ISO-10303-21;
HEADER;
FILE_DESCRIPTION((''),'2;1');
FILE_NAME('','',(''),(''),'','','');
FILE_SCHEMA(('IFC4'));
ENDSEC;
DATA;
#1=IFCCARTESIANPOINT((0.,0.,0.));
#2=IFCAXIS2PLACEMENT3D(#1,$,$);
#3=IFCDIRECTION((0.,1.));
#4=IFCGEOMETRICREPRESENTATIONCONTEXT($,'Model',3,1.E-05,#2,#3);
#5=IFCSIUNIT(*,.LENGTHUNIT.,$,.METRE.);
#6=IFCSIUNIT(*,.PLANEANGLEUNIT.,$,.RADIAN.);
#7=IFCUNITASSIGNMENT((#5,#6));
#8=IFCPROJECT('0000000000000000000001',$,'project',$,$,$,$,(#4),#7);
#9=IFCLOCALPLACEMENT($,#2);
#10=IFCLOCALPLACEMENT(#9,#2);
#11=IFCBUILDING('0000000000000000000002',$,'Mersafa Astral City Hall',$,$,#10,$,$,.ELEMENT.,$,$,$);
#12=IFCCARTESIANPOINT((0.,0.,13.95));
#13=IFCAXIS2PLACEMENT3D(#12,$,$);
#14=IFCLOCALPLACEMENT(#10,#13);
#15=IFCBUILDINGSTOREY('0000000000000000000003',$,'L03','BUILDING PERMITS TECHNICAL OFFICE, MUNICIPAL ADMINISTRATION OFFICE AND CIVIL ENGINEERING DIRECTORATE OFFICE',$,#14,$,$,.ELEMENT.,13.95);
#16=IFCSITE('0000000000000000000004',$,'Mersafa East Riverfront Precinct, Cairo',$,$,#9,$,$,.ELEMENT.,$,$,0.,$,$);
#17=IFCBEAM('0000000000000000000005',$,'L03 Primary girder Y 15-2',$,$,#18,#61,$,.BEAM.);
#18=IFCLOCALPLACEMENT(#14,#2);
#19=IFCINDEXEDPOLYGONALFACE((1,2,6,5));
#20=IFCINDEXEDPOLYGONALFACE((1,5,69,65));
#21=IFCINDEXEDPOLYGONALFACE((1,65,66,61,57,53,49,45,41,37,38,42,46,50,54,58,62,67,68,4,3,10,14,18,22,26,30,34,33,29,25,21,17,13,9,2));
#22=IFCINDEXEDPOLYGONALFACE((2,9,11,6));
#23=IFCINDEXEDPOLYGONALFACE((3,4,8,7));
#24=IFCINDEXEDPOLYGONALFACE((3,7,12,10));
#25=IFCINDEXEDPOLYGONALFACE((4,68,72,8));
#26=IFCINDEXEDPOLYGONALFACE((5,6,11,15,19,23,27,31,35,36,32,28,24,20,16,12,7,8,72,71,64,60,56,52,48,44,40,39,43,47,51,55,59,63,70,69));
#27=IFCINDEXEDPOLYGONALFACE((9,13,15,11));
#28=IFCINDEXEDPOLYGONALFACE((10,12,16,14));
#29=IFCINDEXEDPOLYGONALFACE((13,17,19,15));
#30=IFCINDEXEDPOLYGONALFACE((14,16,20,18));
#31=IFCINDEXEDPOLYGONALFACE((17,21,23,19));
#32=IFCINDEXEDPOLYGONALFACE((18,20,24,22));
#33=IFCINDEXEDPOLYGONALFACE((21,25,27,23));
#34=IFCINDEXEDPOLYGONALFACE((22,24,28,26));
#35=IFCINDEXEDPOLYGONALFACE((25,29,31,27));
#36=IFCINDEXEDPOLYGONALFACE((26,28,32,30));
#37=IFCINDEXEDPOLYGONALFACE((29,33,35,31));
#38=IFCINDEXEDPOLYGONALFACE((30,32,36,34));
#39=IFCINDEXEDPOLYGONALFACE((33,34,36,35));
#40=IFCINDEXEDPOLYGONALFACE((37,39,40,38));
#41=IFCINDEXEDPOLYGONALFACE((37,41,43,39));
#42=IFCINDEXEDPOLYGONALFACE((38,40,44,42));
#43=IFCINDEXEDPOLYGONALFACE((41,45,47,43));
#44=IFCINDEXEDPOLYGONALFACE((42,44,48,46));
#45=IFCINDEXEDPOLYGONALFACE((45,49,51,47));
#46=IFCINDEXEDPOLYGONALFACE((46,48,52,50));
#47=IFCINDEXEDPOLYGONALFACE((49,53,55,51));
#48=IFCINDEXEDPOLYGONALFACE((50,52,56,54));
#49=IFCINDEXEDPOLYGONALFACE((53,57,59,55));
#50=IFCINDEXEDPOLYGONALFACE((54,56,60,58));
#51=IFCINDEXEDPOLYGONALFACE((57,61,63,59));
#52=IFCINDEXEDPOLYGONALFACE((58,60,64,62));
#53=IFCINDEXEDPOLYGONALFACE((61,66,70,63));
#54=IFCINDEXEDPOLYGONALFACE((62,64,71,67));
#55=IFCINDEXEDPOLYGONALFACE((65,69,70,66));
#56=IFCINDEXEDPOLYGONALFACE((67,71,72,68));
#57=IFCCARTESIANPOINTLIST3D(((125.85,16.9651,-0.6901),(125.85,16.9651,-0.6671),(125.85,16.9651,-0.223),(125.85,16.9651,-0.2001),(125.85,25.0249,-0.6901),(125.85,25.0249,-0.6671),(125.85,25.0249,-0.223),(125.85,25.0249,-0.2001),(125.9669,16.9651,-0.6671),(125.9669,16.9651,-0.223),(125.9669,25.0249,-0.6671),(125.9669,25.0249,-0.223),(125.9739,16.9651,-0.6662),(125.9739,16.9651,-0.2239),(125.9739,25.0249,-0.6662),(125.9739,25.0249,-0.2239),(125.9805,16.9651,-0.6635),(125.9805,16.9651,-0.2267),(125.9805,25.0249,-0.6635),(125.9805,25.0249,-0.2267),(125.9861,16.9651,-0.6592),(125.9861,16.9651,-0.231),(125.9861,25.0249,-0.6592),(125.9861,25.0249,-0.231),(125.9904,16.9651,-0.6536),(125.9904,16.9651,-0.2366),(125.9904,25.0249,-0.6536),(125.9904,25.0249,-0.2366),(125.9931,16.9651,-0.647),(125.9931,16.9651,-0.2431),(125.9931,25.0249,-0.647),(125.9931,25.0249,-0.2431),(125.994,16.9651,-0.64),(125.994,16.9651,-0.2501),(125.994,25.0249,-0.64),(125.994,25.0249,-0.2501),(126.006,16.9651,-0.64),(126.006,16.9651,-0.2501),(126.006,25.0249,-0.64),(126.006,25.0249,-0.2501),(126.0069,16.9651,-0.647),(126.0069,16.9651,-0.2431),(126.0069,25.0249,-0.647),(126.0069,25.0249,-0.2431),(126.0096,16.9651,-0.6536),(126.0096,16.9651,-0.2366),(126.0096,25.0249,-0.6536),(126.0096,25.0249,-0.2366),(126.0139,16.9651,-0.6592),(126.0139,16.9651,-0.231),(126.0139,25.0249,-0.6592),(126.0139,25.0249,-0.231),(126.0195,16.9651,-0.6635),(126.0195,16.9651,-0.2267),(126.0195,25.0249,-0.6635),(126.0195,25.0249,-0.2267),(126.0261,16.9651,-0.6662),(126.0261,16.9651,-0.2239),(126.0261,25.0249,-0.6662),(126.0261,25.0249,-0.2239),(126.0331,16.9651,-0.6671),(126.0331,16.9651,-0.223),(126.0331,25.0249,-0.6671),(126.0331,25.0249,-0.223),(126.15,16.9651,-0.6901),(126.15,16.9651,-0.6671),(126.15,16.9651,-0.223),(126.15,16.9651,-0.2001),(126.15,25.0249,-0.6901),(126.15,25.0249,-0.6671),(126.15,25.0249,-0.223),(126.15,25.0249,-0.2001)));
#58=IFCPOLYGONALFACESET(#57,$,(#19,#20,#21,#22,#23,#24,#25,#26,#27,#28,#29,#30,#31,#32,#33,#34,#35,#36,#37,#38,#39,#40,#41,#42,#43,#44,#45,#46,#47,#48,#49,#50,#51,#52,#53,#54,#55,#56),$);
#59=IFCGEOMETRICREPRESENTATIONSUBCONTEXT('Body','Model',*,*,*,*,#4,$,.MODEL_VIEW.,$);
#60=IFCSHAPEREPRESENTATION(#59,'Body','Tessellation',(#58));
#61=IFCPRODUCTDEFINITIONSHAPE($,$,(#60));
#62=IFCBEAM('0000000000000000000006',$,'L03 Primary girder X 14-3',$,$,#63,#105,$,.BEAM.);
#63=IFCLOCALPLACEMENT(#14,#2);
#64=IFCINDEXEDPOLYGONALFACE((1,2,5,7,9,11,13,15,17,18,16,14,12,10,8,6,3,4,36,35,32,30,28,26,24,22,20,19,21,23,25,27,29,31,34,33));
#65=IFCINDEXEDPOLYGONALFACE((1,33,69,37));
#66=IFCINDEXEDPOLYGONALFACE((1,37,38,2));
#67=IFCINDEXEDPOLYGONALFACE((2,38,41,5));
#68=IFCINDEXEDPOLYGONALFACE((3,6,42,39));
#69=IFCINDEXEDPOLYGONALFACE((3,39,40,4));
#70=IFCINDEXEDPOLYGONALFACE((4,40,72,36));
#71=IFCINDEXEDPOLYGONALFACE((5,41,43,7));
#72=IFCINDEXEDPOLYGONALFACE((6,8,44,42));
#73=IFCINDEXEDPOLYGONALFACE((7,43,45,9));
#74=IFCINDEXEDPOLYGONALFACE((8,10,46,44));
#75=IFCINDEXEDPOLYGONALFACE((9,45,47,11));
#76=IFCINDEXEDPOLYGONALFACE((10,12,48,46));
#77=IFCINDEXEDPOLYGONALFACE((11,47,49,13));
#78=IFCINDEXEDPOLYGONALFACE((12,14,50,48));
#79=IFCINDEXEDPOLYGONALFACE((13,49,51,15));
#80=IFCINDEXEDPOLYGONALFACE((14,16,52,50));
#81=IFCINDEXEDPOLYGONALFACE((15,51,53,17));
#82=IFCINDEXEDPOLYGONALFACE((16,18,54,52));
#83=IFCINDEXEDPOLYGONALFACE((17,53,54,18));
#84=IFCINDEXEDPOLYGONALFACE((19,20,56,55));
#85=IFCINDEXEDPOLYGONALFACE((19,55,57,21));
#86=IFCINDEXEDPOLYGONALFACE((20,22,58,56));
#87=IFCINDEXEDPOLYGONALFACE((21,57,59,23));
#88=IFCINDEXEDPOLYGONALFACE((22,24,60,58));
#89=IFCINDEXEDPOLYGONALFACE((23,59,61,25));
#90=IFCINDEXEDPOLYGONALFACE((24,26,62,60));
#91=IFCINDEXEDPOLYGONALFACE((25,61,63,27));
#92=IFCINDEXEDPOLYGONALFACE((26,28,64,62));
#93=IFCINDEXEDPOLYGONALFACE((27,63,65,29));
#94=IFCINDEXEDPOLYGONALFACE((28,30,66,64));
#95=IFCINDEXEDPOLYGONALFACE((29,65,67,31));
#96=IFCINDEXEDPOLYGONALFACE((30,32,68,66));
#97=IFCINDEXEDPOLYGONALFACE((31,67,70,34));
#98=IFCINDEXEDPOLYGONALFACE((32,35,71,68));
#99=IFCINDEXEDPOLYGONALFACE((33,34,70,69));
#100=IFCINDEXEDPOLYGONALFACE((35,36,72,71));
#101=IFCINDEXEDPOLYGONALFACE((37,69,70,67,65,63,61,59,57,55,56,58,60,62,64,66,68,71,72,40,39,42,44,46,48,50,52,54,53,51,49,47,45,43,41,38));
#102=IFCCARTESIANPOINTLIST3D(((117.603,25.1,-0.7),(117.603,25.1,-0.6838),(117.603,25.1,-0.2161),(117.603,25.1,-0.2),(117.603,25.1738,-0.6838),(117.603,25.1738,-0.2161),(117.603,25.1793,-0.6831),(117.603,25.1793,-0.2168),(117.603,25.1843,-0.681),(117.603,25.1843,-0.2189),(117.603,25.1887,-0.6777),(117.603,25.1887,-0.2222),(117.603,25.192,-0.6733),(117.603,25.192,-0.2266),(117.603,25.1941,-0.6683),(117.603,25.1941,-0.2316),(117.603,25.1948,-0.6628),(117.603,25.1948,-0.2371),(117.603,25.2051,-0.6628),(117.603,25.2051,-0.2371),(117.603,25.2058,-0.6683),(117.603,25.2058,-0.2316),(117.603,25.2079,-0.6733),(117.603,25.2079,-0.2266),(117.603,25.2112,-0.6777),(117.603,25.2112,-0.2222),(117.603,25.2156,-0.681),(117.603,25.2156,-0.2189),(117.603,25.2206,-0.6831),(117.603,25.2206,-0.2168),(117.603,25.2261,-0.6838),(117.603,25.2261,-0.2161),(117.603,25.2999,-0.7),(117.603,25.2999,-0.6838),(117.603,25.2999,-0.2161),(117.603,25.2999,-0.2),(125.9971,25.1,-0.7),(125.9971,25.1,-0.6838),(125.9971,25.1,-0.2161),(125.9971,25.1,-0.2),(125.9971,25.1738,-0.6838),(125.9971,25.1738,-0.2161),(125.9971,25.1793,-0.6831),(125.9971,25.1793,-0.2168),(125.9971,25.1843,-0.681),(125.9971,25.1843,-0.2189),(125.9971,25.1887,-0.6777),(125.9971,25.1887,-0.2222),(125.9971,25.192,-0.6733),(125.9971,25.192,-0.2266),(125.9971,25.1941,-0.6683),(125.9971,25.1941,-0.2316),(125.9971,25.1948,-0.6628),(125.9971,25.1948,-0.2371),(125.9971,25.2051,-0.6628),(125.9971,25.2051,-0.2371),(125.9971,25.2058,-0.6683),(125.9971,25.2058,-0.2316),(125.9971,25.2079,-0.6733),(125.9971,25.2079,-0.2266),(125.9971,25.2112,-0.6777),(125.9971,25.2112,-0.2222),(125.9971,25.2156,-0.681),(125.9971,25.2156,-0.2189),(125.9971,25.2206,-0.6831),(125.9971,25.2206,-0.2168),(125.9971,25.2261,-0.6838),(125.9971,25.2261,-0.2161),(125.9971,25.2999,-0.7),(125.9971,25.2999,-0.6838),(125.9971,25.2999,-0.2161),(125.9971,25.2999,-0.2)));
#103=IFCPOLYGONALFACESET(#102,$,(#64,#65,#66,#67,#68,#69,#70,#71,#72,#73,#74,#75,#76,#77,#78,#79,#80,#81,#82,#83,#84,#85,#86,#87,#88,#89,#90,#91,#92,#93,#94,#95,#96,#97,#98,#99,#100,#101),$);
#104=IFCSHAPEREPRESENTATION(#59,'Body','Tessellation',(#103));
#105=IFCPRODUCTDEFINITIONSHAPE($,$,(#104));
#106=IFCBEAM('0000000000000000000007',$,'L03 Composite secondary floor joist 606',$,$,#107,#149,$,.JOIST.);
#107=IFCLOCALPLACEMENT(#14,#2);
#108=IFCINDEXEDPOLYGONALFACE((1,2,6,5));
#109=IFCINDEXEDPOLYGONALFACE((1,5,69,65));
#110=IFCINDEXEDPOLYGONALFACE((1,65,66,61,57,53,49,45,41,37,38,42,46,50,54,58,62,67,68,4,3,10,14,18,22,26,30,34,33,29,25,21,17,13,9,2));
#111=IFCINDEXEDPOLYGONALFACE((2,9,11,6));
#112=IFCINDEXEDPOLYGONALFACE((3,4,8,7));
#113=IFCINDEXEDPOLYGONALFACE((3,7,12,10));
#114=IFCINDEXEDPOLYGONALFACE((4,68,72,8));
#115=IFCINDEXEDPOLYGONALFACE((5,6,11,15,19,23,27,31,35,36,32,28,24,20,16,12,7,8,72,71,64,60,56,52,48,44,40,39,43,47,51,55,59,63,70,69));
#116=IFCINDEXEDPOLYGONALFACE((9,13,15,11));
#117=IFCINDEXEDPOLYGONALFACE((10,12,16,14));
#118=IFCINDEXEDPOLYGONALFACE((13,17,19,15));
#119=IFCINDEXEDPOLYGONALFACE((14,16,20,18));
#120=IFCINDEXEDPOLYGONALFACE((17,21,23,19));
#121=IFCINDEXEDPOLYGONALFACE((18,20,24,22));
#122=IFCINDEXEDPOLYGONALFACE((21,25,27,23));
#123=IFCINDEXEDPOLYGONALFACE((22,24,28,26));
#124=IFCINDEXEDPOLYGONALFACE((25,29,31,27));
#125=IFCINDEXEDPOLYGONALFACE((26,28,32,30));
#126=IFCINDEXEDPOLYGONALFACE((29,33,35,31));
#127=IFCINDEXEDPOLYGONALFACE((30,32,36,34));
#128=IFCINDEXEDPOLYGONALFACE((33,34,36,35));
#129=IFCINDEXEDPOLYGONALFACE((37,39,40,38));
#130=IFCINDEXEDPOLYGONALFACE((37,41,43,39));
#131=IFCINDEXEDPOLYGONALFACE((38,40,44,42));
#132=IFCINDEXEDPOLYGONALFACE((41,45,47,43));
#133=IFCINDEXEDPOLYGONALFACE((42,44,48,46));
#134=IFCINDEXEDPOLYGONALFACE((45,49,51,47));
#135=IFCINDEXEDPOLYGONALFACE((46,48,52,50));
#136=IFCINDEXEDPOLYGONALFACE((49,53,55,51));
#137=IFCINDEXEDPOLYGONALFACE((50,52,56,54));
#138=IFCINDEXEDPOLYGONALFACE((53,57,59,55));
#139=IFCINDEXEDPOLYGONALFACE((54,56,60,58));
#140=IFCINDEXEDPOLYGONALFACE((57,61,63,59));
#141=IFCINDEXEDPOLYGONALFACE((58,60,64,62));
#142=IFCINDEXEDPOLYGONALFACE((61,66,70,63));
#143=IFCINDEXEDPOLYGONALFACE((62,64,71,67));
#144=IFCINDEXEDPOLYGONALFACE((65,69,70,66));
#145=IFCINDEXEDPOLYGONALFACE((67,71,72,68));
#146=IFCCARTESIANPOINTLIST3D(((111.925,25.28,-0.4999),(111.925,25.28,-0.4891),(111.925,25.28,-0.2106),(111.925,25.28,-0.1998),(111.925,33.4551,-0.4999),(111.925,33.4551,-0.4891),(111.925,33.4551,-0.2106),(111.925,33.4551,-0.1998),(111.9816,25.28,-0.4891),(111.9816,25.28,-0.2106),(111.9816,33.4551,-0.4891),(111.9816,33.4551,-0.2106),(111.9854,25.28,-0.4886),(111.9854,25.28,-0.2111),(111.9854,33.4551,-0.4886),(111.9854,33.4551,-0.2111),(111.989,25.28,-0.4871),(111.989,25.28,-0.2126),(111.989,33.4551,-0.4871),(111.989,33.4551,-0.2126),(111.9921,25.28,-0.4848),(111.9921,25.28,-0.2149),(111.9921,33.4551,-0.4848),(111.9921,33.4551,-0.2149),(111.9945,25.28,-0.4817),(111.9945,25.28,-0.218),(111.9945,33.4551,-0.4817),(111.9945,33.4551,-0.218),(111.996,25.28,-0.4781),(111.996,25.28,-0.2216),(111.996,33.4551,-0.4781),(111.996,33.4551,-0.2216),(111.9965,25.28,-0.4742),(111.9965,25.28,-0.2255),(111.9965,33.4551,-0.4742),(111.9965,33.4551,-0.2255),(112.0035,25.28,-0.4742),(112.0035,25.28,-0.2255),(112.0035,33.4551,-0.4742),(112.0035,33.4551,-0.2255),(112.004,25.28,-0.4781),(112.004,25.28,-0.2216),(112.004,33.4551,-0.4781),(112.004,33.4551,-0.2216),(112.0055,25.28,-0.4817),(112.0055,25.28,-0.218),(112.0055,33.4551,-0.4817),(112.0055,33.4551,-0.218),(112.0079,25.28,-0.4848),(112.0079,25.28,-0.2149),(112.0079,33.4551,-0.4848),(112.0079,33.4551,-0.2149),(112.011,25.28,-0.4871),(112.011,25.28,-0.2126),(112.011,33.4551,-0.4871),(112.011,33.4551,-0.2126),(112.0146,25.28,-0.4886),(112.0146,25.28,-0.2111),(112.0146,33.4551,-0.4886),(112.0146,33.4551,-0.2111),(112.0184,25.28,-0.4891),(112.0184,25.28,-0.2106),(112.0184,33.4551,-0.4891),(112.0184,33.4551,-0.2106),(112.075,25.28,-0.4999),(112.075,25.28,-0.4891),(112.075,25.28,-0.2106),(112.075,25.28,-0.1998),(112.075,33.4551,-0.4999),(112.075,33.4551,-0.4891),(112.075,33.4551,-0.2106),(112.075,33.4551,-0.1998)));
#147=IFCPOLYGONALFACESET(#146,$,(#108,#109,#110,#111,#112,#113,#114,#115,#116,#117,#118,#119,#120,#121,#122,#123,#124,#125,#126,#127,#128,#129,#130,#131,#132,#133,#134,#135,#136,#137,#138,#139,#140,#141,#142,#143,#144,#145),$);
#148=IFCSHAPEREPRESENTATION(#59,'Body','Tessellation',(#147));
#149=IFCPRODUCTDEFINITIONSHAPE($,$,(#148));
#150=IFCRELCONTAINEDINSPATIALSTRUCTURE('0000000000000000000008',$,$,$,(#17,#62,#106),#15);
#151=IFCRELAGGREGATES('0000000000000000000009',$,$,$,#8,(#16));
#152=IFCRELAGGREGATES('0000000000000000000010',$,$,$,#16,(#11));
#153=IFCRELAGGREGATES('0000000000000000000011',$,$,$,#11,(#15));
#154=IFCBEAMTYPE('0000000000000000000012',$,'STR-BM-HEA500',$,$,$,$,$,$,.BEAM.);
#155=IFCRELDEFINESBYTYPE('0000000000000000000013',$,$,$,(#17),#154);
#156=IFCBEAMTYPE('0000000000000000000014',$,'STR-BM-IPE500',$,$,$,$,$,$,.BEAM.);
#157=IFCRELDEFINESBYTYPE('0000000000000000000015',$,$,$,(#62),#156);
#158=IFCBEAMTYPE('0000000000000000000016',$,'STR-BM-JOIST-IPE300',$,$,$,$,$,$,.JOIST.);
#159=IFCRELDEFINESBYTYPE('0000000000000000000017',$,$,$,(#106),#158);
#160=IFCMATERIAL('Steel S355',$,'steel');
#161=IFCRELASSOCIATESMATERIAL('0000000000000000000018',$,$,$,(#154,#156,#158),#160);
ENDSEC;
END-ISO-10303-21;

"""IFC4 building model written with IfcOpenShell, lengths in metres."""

from ifc_helpers import new_model, si_unit, direction, frame, origin, origin_2d, place, context, subcontext, project, spatial, i_section, extrude, material, material_profile, profile_set, type_object, element, save


model = new_model("IFC4")

# Units and contexts
model_context = context("Model", 3, precision=1e-05, world=origin(), true_north=direction((0.0, 1.0)))
body_context = subcontext(model_context, "Body", "Model", "MODEL_VIEW")
ifc_project = project(units=[si_unit("LENGTHUNIT", "METRE"), si_unit("PLANEANGLEUNIT", "RADIAN")], contexts=[model_context])

# Site, building, storey
site_placement = place(None, origin())
site = spatial("IfcSite", under=ifc_project, at=site_placement, Name="Mersafa East Riverfront Precinct, Cairo", CompositionType="ELEMENT", RefElevation=0.0)
building_placement = place(site_placement, origin())
building = spatial("IfcBuilding", under=site, at=building_placement, Name="Mersafa Astral City Hall", CompositionType="ELEMENT")
storey_placement = place(building_placement, frame((0.0, 0.0, 13.95)))
storey = spatial("IfcBuildingStorey", under=building, at=storey_placement, Name="L03", Description="BUILDING PERMITS TECHNICAL OFFICE, MUNICIPAL ADMINISTRATION OFFICE AND CIVIL ENGINEERING DIRECTORATE OFFICE", CompositionType="ELEMENT", Elevation=13.95)

# Shared definitions
ifc_material_1 = material(Name="Steel S355", Category="steel")

# Beams
ifc_material_profile_1 = material_profile(ifc_material_1, i_section(OverallWidth=0.3, OverallDepth=0.49, WebThickness=0.012, FlangeThickness=0.0229, FilletRadius=0.0271, at=origin_2d()), Name="HEA 500")
ifc_profile_set_1 = profile_set([ifc_material_profile_1], Name="Steel S355")
beam_type_1 = type_object("IfcBeamType", Name="STR-BM-HEA500", PredefinedType="BEAM", material=ifc_profile_set_1)
beam_1_placement = place(storey_placement, frame((126.0, 16.9651, -0.4451), z_axis=(0.0, 1.0, 0.0), x_axis=(-1.0, 0.0, 0.0)))
element("IfcBeam", 1, at=beam_1_placement, inside=storey, type_object=beam_type_1, Name="L03 Primary girder Y 15-2", PredefinedType="BEAM", context=body_context, shape_type="SweptSolid", body=[
    extrude(i_section(OverallWidth=0.3, OverallDepth=0.49, WebThickness=0.012, FlangeThickness=0.0229, FilletRadius=0.0271, at=origin_2d()), origin(), (0.0, 0.0, 1.0), 8.0598),
])
ifc_material_profile_2 = material_profile(ifc_material_1, i_section(OverallWidth=0.2, OverallDepth=0.5, WebThickness=0.0103, FlangeThickness=0.0161, FilletRadius=0.021, at=origin_2d()), Name="IPE 500")
ifc_profile_set_2 = profile_set([ifc_material_profile_2], Name="Steel S355")
beam_type_2 = type_object("IfcBeamType", Name="STR-BM-IPE500", PredefinedType="BEAM", material=ifc_profile_set_2)
beam_2_placement = place(storey_placement, frame((117.603, 25.2, -0.45), z_axis=(1.0, 0.0, 0.0), x_axis=(0.0, 1.0, 0.0)))
element("IfcBeam", 2, at=beam_2_placement, inside=storey, type_object=beam_type_2, Name="L03 Primary girder X 14-3", PredefinedType="BEAM", context=body_context, shape_type="SweptSolid", body=[
    extrude(i_section(OverallWidth=0.2, OverallDepth=0.5, WebThickness=0.0103, FlangeThickness=0.0161, FilletRadius=0.021, at=origin_2d()), origin(), (0.0, 0.0, 1.0), 8.394),
])
ifc_material_profile_3 = material_profile(ifc_material_1, i_section(OverallWidth=0.1499, OverallDepth=0.3, WebThickness=0.0071, FlangeThickness=0.0107, FilletRadius=0.0149, at=origin_2d()), Name="IPE 300")
ifc_profile_set_3 = profile_set([ifc_material_profile_3], Name="Steel S355")
beam_type_3 = type_object("IfcBeamType", Name="STR-BM-JOIST-IPE300", PredefinedType="JOIST", material=ifc_profile_set_3)
beam_3_placement = place(storey_placement, frame((112.0, 25.28, -0.3499), z_axis=(0.0, 1.0, 0.0), x_axis=(-1.0, 0.0, 0.0)))
element("IfcBeam", 3, at=beam_3_placement, inside=storey, type_object=beam_type_3, Name="L03 Composite secondary floor joist 606", PredefinedType="JOIST", context=body_context, shape_type="SweptSolid", body=[
    extrude(i_section(OverallWidth=0.1499, OverallDepth=0.3, WebThickness=0.0071, FlangeThickness=0.0107, FilletRadius=0.0149, at=origin_2d()), origin(), (0.0, 0.0, 1.0), 8.175),
])

save(model, "model.ifc")
